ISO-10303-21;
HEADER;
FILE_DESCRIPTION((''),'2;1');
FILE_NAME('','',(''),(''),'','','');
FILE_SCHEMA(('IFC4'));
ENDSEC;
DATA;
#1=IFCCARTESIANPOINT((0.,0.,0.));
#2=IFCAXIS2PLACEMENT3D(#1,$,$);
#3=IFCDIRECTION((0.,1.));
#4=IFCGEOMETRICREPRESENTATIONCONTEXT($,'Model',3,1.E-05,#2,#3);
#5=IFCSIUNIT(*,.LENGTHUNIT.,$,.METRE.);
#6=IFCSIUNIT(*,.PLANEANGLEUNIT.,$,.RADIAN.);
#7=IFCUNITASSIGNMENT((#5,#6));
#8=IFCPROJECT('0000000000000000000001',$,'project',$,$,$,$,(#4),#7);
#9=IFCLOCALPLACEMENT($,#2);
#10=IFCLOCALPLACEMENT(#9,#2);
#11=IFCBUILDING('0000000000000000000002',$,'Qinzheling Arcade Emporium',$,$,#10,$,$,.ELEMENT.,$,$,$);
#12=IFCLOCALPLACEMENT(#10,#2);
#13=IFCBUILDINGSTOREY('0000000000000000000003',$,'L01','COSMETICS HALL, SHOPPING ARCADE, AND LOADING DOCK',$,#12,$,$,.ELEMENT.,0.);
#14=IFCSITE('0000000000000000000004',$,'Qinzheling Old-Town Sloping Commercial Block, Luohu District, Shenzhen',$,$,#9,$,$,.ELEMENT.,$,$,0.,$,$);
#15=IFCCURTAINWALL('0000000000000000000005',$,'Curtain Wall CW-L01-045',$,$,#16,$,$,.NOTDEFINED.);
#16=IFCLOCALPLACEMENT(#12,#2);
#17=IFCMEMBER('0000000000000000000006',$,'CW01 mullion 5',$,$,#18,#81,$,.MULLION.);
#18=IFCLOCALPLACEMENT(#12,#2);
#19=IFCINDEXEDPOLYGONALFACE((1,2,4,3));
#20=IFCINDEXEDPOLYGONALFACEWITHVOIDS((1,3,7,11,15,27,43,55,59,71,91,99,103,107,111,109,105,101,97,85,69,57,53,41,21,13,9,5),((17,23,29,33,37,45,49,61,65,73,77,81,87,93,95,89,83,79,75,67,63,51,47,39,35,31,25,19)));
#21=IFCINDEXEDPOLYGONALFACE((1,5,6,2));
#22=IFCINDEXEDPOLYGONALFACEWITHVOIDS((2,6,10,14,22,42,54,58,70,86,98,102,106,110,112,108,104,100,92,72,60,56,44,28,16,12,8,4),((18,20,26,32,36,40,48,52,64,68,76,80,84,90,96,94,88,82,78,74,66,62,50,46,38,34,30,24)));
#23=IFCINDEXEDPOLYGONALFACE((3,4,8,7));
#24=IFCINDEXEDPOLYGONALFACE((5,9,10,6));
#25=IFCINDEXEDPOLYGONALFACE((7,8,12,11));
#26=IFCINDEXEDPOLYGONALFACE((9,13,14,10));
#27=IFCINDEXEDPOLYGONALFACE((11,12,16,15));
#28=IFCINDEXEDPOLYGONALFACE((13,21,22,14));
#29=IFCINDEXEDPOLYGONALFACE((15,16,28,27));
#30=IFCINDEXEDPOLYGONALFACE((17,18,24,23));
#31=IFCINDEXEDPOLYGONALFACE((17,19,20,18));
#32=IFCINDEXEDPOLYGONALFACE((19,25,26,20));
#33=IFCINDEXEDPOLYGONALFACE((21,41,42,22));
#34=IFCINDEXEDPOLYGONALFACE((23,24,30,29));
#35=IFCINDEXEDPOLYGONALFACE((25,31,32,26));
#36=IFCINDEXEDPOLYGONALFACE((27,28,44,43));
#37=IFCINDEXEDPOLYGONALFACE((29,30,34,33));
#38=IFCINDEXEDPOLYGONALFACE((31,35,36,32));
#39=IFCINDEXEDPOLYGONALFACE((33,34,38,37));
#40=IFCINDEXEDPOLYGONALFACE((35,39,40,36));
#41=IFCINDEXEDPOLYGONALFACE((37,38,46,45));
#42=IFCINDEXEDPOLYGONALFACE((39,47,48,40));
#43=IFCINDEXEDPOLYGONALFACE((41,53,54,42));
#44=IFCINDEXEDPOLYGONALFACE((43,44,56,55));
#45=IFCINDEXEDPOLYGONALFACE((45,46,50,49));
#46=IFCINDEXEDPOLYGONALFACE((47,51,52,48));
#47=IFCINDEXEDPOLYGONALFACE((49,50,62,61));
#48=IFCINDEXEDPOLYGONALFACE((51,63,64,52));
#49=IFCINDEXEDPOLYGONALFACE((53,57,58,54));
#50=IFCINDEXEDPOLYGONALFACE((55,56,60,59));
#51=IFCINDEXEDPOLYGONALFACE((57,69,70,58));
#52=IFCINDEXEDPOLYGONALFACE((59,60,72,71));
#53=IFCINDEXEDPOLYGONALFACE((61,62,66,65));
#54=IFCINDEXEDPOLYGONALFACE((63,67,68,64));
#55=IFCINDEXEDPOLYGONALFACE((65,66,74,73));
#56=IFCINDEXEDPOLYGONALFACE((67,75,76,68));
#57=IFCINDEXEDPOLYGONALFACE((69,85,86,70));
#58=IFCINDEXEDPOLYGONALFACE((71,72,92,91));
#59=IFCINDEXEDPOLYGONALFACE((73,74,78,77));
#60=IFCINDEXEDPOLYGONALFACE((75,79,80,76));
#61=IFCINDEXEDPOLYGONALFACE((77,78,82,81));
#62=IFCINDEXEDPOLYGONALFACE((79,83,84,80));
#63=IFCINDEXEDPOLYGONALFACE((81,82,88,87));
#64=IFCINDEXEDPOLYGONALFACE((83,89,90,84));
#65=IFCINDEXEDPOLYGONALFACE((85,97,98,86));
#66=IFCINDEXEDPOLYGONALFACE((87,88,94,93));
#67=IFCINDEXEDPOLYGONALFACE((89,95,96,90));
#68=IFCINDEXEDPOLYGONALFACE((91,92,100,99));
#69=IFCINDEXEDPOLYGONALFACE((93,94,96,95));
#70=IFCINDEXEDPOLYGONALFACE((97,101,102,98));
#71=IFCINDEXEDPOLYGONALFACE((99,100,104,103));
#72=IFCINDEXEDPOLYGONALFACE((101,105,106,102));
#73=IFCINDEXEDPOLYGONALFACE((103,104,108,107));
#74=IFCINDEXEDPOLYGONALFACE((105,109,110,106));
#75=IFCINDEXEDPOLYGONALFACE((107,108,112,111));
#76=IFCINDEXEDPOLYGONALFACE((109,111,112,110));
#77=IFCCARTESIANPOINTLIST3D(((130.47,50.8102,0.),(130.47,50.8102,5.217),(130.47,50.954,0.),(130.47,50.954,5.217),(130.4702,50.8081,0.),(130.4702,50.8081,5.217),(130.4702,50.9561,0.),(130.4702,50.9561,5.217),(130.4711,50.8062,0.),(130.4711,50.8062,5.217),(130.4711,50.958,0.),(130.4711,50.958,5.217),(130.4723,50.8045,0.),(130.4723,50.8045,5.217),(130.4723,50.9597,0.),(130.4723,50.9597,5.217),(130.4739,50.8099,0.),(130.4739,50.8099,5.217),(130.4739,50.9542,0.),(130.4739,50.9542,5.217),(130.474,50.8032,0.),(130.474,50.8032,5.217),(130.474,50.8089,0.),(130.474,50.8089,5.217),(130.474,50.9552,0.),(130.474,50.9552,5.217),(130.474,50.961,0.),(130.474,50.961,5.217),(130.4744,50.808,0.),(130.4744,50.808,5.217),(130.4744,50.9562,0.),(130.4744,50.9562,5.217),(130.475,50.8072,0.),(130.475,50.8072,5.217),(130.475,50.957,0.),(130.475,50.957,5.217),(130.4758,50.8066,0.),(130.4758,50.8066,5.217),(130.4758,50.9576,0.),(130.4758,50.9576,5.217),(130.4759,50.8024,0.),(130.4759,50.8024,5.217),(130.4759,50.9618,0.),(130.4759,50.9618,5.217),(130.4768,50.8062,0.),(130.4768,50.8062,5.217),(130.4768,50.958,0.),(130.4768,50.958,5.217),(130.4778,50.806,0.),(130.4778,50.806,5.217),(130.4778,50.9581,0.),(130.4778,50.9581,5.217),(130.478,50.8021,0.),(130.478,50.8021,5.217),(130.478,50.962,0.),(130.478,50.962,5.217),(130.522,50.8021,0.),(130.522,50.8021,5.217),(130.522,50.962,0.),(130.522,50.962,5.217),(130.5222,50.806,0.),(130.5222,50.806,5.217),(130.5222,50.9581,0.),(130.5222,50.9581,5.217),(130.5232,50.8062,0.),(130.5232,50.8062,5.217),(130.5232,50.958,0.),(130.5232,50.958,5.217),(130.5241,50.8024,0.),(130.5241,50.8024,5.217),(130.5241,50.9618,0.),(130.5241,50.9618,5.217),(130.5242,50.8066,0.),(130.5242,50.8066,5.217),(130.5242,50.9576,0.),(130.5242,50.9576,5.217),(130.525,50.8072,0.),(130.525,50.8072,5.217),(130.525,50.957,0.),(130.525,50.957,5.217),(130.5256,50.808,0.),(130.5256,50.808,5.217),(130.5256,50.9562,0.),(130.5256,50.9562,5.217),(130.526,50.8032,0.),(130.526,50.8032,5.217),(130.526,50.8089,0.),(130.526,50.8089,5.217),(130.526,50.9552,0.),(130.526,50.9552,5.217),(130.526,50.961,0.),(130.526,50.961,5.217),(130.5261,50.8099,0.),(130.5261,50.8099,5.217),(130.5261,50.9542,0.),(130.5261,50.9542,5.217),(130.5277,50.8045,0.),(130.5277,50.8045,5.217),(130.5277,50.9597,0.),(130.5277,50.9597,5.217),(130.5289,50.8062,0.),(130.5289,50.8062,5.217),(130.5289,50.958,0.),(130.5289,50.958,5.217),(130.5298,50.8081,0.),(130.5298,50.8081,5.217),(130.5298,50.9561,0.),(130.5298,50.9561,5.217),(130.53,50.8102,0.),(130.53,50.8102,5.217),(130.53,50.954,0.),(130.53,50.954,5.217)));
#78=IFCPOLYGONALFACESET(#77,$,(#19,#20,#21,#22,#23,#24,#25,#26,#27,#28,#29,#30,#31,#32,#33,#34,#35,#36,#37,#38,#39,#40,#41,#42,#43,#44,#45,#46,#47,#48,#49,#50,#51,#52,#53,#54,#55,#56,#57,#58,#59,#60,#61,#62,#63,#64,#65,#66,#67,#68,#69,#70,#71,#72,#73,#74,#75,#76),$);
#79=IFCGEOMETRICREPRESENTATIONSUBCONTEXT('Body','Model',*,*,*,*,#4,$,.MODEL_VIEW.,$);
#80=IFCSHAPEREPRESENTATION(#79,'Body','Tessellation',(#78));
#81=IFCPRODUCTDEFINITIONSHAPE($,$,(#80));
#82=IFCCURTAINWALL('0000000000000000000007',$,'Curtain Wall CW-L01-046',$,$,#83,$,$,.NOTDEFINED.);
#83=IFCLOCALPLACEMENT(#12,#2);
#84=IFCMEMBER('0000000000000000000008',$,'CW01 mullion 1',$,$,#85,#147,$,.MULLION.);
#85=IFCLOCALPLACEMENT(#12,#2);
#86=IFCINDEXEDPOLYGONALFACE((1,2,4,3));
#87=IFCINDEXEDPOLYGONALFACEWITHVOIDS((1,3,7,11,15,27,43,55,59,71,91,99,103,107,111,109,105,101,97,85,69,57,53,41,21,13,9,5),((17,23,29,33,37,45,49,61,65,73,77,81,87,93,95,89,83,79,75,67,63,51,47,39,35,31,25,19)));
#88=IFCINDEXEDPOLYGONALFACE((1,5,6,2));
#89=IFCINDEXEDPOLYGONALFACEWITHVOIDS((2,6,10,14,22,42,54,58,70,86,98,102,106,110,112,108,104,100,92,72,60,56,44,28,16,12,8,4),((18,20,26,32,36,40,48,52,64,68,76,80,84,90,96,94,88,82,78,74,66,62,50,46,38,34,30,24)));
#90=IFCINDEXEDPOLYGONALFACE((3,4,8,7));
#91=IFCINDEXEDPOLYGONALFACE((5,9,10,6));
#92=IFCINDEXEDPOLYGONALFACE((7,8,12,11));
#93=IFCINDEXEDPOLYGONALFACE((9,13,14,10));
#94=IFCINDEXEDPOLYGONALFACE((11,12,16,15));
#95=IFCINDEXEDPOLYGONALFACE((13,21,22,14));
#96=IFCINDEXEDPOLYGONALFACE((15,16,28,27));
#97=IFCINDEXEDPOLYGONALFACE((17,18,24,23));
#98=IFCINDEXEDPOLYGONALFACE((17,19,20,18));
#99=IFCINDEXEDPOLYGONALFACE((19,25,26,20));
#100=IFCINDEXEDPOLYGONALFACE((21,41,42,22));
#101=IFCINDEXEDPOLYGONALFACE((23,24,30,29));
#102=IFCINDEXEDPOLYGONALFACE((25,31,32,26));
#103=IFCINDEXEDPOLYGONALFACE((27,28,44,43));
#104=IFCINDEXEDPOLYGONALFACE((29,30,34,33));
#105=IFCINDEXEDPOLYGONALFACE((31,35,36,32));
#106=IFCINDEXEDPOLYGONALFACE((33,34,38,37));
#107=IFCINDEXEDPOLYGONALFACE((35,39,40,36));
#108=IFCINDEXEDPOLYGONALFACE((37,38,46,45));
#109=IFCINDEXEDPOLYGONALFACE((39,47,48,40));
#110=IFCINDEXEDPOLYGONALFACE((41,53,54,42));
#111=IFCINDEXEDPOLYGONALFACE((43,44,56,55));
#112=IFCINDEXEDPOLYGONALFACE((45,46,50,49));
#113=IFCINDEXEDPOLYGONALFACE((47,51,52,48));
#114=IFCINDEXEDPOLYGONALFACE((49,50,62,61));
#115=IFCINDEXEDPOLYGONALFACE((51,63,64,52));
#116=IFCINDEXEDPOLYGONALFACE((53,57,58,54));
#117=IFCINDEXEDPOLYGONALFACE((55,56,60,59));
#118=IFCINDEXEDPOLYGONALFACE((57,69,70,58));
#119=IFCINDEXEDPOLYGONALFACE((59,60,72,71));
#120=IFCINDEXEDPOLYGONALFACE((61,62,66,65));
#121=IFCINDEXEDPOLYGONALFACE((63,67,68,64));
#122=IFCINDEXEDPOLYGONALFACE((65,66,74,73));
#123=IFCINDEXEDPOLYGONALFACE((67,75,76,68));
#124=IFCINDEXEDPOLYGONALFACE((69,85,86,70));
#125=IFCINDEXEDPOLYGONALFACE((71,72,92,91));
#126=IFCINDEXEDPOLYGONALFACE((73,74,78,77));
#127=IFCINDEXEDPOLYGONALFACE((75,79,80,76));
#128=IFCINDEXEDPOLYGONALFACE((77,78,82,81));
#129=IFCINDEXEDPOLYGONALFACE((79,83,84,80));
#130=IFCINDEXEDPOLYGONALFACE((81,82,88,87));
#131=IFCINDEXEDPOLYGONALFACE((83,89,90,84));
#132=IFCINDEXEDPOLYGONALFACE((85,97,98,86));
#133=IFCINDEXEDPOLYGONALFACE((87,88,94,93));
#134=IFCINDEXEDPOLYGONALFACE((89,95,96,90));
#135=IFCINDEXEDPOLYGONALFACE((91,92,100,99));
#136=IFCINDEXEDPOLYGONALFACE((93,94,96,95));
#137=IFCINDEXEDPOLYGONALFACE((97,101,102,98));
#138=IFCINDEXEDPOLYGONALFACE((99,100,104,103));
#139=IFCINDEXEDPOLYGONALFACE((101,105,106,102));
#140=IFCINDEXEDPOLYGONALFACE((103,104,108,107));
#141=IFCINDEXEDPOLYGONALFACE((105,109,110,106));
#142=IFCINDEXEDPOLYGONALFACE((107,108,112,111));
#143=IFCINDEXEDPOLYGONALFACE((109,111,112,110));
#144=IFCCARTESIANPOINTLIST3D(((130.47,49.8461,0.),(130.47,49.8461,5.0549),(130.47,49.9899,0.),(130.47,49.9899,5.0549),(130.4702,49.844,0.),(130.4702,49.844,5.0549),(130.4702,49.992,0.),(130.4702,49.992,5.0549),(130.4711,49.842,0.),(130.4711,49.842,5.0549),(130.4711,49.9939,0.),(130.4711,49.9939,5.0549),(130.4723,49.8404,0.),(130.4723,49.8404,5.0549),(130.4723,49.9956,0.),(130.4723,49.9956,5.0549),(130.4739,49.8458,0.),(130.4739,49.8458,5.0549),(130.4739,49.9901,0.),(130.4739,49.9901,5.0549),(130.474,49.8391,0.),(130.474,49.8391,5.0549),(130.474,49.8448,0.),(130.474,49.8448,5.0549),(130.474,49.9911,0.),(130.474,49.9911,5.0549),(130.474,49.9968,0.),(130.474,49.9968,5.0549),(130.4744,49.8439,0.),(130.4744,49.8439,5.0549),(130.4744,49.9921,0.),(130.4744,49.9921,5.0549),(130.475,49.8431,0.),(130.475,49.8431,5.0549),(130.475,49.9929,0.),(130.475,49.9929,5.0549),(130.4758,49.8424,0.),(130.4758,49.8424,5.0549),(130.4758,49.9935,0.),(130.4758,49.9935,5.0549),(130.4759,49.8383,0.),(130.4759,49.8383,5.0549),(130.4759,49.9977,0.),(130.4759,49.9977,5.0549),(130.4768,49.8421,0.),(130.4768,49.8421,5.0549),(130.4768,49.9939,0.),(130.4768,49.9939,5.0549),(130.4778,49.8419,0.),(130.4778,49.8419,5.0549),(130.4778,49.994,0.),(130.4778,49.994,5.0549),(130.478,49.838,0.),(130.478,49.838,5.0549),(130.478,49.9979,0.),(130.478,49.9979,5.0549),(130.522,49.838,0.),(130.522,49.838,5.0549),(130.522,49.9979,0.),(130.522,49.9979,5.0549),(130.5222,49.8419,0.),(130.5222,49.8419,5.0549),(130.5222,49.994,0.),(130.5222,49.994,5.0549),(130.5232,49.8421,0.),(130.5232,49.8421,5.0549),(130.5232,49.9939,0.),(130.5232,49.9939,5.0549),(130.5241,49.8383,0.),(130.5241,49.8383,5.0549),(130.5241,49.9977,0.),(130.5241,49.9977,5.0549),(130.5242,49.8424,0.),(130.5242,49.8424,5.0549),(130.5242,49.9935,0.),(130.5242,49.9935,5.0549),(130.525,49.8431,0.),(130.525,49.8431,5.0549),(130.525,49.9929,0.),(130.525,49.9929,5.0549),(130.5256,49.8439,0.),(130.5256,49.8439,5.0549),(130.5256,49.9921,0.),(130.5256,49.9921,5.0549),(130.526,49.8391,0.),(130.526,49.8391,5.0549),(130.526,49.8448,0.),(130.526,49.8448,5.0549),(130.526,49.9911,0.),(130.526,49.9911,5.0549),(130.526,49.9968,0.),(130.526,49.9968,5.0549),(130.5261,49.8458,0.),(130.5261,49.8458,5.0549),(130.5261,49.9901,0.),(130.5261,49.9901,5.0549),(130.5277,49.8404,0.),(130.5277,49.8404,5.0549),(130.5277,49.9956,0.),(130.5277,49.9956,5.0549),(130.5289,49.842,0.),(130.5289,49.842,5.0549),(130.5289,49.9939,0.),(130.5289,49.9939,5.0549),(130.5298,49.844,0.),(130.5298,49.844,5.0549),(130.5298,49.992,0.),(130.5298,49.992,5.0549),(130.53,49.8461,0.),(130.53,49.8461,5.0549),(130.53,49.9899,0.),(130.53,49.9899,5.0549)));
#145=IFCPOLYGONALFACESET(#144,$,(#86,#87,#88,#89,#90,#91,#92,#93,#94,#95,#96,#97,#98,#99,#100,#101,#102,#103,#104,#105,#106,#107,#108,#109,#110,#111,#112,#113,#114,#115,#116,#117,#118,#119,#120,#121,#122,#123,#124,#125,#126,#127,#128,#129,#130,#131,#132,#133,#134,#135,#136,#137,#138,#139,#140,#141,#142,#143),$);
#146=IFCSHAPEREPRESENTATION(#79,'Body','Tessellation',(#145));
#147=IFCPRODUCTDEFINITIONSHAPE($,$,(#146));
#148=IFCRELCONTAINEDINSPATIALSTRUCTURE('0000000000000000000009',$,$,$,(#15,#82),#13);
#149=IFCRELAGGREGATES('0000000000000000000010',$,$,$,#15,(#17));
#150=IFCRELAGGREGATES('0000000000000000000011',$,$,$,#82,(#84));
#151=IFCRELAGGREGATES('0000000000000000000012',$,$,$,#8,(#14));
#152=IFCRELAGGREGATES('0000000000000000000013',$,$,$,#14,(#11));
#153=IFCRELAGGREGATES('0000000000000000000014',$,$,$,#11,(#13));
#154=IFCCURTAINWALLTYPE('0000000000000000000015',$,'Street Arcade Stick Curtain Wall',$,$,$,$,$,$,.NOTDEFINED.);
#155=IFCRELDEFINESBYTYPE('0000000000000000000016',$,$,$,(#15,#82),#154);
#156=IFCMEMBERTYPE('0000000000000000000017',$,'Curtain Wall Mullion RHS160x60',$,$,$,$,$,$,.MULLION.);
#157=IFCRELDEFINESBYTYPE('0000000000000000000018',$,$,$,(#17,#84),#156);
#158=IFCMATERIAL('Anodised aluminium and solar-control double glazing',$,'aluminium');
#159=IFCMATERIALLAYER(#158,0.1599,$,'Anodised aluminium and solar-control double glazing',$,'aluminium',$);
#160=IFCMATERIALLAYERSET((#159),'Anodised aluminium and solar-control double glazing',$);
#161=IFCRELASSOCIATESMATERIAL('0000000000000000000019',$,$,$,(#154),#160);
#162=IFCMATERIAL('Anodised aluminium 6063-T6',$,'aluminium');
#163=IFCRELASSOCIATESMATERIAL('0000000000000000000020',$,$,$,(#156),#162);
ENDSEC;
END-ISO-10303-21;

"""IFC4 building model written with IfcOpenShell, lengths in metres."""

from ifc_helpers import new_model, si_unit, direction, frame, origin, origin_2d, place, context, subcontext, project, spatial, hollow_rectangle, extrude, material, layer, layer_set, material_profile, profile_set, type_object, element, aggregate, save


model = new_model("IFC4")

# Units and contexts
model_context = context("Model", 3, precision=1e-05, world=origin(), true_north=direction((0.0, 1.0)))
body_context = subcontext(model_context, "Body", "Model", "MODEL_VIEW")
ifc_project = project(units=[si_unit("LENGTHUNIT", "METRE"), si_unit("PLANEANGLEUNIT", "RADIAN")], contexts=[model_context])

# Site, building, storey
site_placement = place(None, origin())
site = spatial("IfcSite", under=ifc_project, at=site_placement, Name="Qinzheling Old-Town Sloping Commercial Block, Luohu District, Shenzhen", CompositionType="ELEMENT", RefElevation=0.0)
building_placement = place(site_placement, origin())
building = spatial("IfcBuilding", under=site, at=building_placement, Name="Qinzheling Arcade Emporium", CompositionType="ELEMENT")
storey_placement = place(building_placement, origin())
storey = spatial("IfcBuildingStorey", under=building, at=storey_placement, Name="L01", Description="COSMETICS HALL, SHOPPING ARCADE, AND LOADING DOCK", CompositionType="ELEMENT", Elevation=0.0)

# Curtain wall, member
ifc_material_1 = material(Name="Anodised aluminium and solar-control double glazing", Category="aluminium")
ifc_layer_1 = layer(ifc_material_1, 0.1599, Name="Anodised aluminium and solar-control double glazing", Category="aluminium")
ifc_layer_set_1 = layer_set([ifc_layer_1], Name="Anodised aluminium and solar-control double glazing")
curtain_wall_type = type_object("IfcCurtainWallType", Name="Street Arcade Stick Curtain Wall", PredefinedType="NOTDEFINED", material=ifc_layer_set_1)
curtain_wall_1_placement = place(storey_placement, origin())
curtain_wall_1 = element("IfcCurtainWall", 1, at=curtain_wall_1_placement, inside=storey, type_object=curtain_wall_type, Name="Curtain Wall CW-L01-045", PredefinedType="NOTDEFINED")
ifc_material_2 = material(Name="Anodised aluminium 6063-T6", Category="aluminium")
ifc_material_profile_1 = material_profile(ifc_material_2, hollow_rectangle(XDim=0.0601, YDim=0.1599, WallThickness=0.0039, InnerFilletRadius=0.0039, OuterFilletRadius=0.0081, at=origin_2d()), Name="RHS 160x60x4", Category="aluminium")
ifc_profile_set_1 = profile_set([ifc_material_profile_1], Name="Anodised aluminium 6063-T6")
member_type_1 = type_object("IfcMemberType", Name="Curtain Wall Mullion RHS160x60", PredefinedType="MULLION", material=ifc_profile_set_1)
member_1_placement = place(storey_placement, frame((130.5, 50.8821, 0.0), z_axis=(0.0, 0.0, 1.0), x_axis=(1.0, 0.0, 0.0)))
member_1 = element("IfcMember", 2, at=member_1_placement, type_object=member_type_1, Name="CW01 mullion 5", PredefinedType="MULLION", context=body_context, shape_type="SweptSolid", body=[
    extrude(hollow_rectangle(XDim=0.0601, YDim=0.1599, WallThickness=0.0039, InnerFilletRadius=0.0039, OuterFilletRadius=0.0081, at=origin_2d()), origin(), (0.0, 0.0, 1.0), 5.217),
])

# Curtain wall, member
curtain_wall_2_placement = place(storey_placement, origin())
curtain_wall_2 = element("IfcCurtainWall", 3, at=curtain_wall_2_placement, inside=storey, type_object=curtain_wall_type, Name="Curtain Wall CW-L01-046", PredefinedType="NOTDEFINED")
member_2_placement = place(storey_placement, frame((130.5, 49.918, 0.0), z_axis=(0.0, 0.0, 1.0), x_axis=(1.0, 0.0, 0.0)))
member_2 = element("IfcMember", 4, at=member_2_placement, type_object=member_type_1, Name="CW01 mullion 1", PredefinedType="MULLION", context=body_context, shape_type="SweptSolid", body=[
    extrude(hollow_rectangle(XDim=0.0601, YDim=0.1599, WallThickness=0.0039, InnerFilletRadius=0.0039, OuterFilletRadius=0.0081, at=origin_2d()), origin(), (0.0, 0.0, 1.0), 5.0549),
])

aggregate(curtain_wall_1, [member_1])
aggregate(curtain_wall_2, [member_2])

save(model, "model.ifc")
